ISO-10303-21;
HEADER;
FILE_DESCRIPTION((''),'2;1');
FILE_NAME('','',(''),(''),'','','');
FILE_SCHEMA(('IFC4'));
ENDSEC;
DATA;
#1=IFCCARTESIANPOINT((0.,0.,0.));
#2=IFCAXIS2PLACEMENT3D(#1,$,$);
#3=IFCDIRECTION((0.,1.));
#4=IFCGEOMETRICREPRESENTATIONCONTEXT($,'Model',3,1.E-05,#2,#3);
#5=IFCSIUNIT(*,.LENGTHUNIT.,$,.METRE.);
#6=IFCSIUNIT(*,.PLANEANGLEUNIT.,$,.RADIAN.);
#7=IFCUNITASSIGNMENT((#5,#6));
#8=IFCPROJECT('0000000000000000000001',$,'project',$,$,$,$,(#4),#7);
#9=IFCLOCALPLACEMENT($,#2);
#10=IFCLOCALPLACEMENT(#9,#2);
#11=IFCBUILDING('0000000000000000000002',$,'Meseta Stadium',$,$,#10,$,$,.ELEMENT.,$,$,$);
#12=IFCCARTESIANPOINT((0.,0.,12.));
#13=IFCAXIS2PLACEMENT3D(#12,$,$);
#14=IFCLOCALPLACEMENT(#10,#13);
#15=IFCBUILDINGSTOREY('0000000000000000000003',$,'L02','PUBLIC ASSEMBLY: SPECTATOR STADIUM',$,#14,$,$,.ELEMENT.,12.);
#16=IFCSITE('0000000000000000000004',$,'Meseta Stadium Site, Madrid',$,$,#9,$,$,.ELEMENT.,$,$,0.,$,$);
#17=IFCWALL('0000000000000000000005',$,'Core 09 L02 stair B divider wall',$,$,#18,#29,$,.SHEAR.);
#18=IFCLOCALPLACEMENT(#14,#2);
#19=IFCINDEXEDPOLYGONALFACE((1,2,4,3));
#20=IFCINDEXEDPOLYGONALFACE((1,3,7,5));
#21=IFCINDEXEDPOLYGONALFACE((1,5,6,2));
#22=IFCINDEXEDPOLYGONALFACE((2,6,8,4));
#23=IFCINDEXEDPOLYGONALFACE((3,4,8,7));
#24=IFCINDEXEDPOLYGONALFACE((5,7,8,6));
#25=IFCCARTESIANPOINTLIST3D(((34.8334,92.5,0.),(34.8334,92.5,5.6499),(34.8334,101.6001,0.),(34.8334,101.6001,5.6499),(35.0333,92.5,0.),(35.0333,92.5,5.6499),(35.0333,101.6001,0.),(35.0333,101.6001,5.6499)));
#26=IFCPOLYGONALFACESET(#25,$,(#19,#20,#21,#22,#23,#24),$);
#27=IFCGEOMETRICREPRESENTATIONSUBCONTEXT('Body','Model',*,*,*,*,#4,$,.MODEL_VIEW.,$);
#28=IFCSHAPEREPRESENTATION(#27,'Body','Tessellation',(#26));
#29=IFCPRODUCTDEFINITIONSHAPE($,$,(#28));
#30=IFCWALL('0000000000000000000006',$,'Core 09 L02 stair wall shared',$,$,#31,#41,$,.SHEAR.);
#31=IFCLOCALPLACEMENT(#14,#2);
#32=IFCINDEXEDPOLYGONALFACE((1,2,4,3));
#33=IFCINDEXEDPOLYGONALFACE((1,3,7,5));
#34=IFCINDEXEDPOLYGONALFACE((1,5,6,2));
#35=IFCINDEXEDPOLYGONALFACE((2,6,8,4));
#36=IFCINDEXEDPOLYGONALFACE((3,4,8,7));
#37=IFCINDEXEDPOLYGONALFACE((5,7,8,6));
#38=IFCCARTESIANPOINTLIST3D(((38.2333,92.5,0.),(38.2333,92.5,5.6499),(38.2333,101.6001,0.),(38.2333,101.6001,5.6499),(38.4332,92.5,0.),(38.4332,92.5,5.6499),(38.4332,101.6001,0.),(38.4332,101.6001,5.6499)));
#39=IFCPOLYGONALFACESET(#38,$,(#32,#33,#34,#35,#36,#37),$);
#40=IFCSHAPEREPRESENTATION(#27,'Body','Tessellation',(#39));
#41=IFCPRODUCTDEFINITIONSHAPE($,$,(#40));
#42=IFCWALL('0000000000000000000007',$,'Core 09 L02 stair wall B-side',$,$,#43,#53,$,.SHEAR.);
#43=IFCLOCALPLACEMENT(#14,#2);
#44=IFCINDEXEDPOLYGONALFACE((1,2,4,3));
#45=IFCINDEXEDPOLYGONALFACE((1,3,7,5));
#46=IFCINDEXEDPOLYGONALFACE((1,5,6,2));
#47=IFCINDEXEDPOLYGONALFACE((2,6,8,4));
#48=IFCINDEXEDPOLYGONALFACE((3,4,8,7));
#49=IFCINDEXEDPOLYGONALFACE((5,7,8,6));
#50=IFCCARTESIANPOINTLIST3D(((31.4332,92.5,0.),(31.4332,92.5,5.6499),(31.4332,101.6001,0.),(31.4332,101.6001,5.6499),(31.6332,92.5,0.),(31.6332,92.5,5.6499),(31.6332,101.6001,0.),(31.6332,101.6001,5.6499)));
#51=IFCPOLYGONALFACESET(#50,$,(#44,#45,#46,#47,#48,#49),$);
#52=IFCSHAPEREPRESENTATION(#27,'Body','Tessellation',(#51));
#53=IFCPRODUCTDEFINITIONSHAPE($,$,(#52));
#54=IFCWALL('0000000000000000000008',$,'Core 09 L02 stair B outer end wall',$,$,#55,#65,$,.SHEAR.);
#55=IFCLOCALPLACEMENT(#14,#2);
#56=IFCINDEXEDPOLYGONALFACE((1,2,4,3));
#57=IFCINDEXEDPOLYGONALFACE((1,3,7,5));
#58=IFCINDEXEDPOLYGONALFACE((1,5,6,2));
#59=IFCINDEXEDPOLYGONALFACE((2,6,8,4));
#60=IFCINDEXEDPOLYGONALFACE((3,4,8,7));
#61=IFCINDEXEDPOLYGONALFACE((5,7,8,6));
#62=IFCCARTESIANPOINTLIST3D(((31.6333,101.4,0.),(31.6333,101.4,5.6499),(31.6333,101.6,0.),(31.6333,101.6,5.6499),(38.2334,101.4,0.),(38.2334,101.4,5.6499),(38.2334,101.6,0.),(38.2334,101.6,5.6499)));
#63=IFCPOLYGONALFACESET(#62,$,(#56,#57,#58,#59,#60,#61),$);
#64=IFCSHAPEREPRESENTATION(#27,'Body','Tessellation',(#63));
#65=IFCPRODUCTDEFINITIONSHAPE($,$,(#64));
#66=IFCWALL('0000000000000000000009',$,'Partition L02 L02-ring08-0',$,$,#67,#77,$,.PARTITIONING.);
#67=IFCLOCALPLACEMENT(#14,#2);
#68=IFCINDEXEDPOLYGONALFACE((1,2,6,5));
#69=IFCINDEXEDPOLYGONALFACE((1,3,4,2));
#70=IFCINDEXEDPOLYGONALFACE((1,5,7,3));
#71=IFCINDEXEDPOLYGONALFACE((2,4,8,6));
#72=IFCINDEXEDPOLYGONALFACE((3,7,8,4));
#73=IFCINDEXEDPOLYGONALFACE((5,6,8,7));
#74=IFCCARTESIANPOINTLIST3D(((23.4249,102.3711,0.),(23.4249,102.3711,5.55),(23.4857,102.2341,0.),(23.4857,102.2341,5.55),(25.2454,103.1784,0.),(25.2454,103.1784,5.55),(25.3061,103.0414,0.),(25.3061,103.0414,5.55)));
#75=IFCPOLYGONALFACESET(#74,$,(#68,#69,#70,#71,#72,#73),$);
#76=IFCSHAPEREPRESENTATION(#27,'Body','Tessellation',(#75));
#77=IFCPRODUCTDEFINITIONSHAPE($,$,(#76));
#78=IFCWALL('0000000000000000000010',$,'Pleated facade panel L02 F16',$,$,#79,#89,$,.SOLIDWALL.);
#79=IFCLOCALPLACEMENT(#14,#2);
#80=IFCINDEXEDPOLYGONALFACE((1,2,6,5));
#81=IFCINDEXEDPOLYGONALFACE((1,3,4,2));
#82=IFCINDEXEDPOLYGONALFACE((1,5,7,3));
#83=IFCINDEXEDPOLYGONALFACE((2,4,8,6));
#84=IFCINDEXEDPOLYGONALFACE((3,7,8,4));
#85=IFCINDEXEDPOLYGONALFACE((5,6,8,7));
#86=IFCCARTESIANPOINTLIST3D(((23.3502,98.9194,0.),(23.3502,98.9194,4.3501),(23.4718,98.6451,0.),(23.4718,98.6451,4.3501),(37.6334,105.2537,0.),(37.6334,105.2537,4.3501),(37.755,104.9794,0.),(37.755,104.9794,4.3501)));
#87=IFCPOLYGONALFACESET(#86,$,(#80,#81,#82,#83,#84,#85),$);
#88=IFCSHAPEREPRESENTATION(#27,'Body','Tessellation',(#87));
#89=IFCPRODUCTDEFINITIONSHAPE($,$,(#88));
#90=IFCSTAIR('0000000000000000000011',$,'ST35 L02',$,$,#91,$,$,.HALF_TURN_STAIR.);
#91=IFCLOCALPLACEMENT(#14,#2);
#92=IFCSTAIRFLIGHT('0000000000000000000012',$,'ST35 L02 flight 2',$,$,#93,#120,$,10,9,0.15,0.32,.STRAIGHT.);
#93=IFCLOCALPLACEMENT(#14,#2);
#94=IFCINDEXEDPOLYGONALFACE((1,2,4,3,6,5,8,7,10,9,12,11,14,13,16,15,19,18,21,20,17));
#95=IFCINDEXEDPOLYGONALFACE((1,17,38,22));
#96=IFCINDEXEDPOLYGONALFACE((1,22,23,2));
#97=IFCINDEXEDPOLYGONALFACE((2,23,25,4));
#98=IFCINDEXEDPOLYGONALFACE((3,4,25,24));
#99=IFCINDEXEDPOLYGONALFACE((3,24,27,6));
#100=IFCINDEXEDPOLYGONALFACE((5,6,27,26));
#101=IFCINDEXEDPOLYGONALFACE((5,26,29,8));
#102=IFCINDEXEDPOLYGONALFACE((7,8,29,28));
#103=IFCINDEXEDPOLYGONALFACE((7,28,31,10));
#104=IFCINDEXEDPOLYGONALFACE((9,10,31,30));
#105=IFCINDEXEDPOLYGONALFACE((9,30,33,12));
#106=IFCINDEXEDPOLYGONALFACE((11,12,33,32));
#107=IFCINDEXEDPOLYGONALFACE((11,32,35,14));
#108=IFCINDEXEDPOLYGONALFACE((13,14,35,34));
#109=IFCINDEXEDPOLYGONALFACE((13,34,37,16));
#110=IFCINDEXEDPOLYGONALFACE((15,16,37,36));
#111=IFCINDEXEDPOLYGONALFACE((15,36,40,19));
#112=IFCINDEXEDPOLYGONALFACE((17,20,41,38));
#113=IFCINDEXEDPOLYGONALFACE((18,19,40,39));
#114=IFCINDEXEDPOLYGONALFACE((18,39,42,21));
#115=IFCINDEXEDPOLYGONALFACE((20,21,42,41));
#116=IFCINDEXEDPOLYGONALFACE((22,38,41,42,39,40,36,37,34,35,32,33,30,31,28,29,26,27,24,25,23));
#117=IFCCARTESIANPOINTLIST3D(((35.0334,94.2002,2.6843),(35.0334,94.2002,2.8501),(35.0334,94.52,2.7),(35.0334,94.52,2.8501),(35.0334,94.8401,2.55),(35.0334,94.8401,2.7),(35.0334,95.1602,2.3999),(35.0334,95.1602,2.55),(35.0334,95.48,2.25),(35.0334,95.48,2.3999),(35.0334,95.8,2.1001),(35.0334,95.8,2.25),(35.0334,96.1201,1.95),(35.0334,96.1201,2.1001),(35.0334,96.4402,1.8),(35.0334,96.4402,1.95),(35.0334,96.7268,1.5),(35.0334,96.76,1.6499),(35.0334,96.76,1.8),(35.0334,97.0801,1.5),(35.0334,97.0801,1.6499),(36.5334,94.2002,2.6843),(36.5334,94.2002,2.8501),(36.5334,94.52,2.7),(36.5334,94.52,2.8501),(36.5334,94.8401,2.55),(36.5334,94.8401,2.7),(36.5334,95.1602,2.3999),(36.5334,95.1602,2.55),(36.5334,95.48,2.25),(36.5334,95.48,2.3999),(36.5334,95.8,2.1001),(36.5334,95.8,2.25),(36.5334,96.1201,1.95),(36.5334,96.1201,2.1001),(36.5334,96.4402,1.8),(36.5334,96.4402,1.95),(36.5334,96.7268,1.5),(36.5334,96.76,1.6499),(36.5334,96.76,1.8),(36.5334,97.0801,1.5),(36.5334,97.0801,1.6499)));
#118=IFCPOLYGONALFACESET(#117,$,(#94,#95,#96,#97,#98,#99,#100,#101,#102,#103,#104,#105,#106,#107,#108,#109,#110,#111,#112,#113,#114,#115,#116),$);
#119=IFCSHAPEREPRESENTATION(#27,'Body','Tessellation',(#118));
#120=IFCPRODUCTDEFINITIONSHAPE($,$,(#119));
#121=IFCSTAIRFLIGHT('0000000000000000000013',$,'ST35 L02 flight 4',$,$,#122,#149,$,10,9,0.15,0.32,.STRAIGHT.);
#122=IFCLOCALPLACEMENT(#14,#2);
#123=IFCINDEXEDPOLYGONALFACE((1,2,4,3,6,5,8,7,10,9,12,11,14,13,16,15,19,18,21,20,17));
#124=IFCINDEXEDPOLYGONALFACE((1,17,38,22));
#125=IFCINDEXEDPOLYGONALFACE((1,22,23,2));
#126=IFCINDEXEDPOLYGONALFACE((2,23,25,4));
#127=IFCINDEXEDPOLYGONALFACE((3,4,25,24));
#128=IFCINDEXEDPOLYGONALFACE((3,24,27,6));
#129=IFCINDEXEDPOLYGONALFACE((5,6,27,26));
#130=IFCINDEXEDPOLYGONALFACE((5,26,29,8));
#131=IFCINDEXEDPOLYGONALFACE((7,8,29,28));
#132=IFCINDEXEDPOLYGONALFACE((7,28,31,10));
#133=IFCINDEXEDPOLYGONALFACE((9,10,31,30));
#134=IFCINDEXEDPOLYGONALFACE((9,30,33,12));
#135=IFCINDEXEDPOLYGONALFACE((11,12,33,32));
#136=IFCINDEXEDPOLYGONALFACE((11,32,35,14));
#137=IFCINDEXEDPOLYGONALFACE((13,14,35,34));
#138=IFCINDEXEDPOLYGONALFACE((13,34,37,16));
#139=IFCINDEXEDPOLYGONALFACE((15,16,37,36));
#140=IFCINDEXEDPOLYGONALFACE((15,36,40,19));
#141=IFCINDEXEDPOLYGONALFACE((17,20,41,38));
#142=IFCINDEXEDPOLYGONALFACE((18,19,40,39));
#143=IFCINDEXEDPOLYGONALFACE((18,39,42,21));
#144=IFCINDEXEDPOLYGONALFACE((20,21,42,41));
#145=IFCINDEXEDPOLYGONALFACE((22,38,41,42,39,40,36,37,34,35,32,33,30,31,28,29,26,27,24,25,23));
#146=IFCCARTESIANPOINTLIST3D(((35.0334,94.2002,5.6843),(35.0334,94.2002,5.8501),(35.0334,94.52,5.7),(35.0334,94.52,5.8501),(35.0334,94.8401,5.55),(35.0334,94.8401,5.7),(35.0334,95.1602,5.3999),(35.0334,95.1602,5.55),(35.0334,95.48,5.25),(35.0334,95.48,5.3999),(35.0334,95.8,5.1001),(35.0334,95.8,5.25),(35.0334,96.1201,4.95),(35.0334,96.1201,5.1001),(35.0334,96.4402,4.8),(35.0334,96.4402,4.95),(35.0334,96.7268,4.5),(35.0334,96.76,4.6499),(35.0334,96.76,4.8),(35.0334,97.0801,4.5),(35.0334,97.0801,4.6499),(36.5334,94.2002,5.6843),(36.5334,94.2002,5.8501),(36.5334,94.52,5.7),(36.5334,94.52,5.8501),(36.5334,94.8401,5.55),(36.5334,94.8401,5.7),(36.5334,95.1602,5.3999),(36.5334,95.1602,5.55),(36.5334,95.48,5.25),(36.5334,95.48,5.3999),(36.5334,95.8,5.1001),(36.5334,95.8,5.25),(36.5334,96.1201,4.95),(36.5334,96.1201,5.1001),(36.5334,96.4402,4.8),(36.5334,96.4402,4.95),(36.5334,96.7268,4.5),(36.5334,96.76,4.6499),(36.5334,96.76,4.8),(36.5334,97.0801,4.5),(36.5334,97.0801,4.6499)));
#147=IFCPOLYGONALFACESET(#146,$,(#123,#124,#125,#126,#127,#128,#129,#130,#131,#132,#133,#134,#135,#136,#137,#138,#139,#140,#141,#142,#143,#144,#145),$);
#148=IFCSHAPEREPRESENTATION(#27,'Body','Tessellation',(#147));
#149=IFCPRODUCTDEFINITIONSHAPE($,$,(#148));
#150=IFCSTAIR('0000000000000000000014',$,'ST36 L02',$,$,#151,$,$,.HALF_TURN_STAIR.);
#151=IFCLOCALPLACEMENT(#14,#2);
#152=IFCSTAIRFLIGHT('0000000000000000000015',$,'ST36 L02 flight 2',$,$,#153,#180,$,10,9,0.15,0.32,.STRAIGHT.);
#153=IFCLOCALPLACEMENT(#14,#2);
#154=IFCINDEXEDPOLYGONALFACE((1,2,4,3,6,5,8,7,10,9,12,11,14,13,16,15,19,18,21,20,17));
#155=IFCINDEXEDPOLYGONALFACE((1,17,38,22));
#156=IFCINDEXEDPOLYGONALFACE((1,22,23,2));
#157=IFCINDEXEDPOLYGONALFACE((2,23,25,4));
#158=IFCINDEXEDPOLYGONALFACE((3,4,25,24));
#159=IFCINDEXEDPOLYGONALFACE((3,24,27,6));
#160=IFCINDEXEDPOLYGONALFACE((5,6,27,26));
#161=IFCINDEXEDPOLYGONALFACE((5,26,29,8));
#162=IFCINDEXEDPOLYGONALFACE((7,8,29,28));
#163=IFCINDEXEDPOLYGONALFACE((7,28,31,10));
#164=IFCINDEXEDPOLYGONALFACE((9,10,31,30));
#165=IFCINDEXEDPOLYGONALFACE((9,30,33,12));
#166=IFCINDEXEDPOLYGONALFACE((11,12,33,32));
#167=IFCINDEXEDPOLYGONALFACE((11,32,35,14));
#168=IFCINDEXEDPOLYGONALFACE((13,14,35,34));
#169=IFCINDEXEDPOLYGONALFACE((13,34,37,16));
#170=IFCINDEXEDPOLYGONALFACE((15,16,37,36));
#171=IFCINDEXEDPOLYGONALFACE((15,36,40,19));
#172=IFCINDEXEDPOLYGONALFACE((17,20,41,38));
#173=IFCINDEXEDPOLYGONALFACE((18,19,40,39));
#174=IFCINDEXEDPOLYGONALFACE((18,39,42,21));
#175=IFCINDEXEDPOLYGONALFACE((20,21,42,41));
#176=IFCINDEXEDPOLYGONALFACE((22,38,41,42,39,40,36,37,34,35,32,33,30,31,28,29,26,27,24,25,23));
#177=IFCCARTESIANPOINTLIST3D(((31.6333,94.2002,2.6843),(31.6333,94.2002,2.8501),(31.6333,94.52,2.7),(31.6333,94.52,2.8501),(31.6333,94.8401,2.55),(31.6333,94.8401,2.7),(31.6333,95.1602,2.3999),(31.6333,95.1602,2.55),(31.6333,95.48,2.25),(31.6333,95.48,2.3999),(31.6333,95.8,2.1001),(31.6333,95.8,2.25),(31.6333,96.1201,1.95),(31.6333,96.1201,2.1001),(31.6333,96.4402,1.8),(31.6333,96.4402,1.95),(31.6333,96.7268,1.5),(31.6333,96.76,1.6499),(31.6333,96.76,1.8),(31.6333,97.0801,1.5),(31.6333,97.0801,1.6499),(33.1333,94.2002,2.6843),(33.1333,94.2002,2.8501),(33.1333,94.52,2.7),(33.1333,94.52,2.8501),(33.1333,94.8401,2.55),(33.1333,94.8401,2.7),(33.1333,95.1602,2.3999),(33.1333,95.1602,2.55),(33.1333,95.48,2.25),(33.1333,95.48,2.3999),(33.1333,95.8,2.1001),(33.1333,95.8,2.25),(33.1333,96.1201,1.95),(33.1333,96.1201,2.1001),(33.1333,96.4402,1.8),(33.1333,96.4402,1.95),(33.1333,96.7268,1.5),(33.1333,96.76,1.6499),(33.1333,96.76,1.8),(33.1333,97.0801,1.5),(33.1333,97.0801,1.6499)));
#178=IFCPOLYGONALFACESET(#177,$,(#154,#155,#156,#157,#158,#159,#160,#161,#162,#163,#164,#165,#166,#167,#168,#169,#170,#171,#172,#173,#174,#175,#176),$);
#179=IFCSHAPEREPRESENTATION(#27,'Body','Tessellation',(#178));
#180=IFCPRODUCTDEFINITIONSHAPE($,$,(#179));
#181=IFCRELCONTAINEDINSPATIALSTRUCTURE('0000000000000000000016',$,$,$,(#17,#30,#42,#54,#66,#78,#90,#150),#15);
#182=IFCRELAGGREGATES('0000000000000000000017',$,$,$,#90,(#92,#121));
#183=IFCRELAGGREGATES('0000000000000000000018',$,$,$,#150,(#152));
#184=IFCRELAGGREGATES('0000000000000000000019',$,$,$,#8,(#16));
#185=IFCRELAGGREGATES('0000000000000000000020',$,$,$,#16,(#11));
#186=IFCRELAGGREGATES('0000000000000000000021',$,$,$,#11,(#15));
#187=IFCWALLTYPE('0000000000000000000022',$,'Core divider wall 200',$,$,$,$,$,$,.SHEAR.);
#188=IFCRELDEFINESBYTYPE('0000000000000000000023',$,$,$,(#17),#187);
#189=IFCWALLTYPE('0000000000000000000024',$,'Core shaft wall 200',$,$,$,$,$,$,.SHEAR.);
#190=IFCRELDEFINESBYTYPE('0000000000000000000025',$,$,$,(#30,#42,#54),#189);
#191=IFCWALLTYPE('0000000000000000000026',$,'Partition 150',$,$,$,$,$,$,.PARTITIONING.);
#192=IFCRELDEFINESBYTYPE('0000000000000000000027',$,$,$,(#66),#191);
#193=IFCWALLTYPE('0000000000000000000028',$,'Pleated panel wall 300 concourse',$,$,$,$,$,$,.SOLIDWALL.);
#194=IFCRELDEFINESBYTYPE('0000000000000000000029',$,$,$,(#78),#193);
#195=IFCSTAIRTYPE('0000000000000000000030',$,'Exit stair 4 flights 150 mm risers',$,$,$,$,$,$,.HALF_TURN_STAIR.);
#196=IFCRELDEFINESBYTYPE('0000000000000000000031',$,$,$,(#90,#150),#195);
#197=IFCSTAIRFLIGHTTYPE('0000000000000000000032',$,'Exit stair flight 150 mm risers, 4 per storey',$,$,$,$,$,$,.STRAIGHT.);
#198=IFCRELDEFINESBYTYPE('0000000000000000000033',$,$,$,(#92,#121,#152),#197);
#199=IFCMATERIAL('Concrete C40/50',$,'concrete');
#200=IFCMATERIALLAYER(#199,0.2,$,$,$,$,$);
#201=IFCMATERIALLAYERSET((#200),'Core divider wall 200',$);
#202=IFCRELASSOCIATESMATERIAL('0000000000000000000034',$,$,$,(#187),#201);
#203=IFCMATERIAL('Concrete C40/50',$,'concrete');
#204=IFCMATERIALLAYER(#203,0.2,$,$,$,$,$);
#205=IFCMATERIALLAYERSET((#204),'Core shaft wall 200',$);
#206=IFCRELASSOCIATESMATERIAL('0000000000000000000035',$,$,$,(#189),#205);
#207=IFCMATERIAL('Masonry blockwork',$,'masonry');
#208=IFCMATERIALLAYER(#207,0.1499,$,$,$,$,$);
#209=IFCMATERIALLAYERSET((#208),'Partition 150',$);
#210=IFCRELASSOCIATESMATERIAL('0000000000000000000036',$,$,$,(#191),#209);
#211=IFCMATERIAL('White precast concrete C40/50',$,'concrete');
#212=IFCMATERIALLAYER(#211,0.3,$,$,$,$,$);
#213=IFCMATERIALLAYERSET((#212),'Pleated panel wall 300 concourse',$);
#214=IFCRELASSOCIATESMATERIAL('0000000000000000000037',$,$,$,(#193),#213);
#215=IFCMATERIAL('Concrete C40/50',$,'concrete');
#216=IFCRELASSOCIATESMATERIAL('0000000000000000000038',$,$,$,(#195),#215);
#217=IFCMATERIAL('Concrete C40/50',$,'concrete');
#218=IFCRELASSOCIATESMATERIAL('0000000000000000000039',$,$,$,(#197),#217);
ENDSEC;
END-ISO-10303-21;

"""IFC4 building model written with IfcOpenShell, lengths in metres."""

from ifc_helpers import new_model, si_unit, direction, frame, frame_2d, origin, place, context, subcontext, project, spatial, polyline, rectangle, outline, extrude, material, layer, layer_set, type_object, element, aggregate, save


model = new_model("IFC4")

# Units and contexts
model_context = context("Model", 3, precision=1e-05, world=origin(), true_north=direction((0.0, 1.0)))
body_context = subcontext(model_context, "Body", "Model", "MODEL_VIEW")
ifc_project = project(units=[si_unit("LENGTHUNIT", "METRE"), si_unit("PLANEANGLEUNIT", "RADIAN")], contexts=[model_context])

# Site, building, storey
site_placement = place(None, origin())
site = spatial("IfcSite", under=ifc_project, at=site_placement, Name="Meseta Stadium Site, Madrid", CompositionType="ELEMENT", RefElevation=0.0)
building_placement = place(site_placement, origin())
building = spatial("IfcBuilding", under=site, at=building_placement, Name="Meseta Stadium", CompositionType="ELEMENT")
storey_placement = place(building_placement, frame((0.0, 0.0, 12.0)))
storey = spatial("IfcBuildingStorey", under=building, at=storey_placement, Name="L02", Description="PUBLIC ASSEMBLY: SPECTATOR STADIUM", CompositionType="ELEMENT", Elevation=12.0)

# Walls
ifc_material_1 = material(Name="Concrete C40/50", Category="concrete")
ifc_layer_1 = layer(ifc_material_1, 0.2)
ifc_layer_set_1 = layer_set([ifc_layer_1], Name="Core divider wall 200")
wall_type_1 = type_object("IfcWallType", Name="Core divider wall 200", PredefinedType="SHEAR", material=ifc_layer_set_1)
wall_1_placement = place(storey_placement, frame((34.9333, 101.6001, 0.0), z_axis=(0.0, 0.0, 1.0), x_axis=(0.0, -1.0, 0.0)))
element("IfcWall", 1, at=wall_1_placement, inside=storey, type_object=wall_type_1, Name="Core 09 L02 stair B divider wall", PredefinedType="SHEAR", context=body_context, shape_type="SweptSolid", body=[
    extrude(rectangle(XDim=9.1001, YDim=0.2, at=frame_2d((4.55, 0.0))), origin(), (0.0, 0.0, 1.0), 5.6499),
])
ifc_material_2 = material(Name="Concrete C40/50", Category="concrete")
ifc_layer_2 = layer(ifc_material_2, 0.2)
ifc_layer_set_2 = layer_set([ifc_layer_2], Name="Core shaft wall 200")
wall_type_2 = type_object("IfcWallType", Name="Core shaft wall 200", PredefinedType="SHEAR", material=ifc_layer_set_2)
for number, where, z_axis, x_axis, name in (
    (2, (38.3333, 101.6001, 0.0), (0.0, 0.0, 1.0), (0.0, -1.0, 0.0), "Core 09 L02 stair wall shared"),
    (3, (31.5332, 101.6001, 0.0), (0.0, 0.0, 1.0), (0.0, -1.0, 0.0), "Core 09 L02 stair wall B-side"),
):
    element("IfcWall", number, at=place(storey_placement, frame(where, z_axis=z_axis, x_axis=x_axis)), inside=storey, type_object=wall_type_2, Name=name, PredefinedType="SHEAR", context=body_context, shape_type="SweptSolid", body=[
        extrude(rectangle(XDim=9.1001, YDim=0.2, at=frame_2d((4.55, 0.0))), origin(), (0.0, 0.0, 1.0), 5.6499),
    ])
wall_2_placement = place(storey_placement, frame((38.2334, 101.5, 0.0), z_axis=(0.0, 0.0, 1.0), x_axis=(-1.0, 0.0, 0.0)))
element("IfcWall", 4, at=wall_2_placement, inside=storey, type_object=wall_type_2, Name="Core 09 L02 stair B outer end wall", PredefinedType="SHEAR", context=body_context, shape_type="SweptSolid", body=[
    extrude(rectangle(XDim=6.6001, YDim=0.2, at=frame_2d((3.3, 0.0))), origin(), (0.0, 0.0, 1.0), 5.6499),
])
ifc_material_3 = material(Name="Masonry blockwork", Category="masonry")
ifc_layer_3 = layer(ifc_material_3, 0.1499)
ifc_layer_set_3 = layer_set([ifc_layer_3], Name="Partition 150")
wall_type_3 = type_object("IfcWallType", Name="Partition 150", PredefinedType="PARTITIONING", material=ifc_layer_set_3)
wall_3_placement = place(storey_placement, frame((25.2756, 103.1099, 0.0), z_axis=(0.0, 0.0, 1.0), x_axis=(-0.91414, -0.405399, 0.0)))
element("IfcWall", 5, at=wall_3_placement, inside=storey, type_object=wall_type_3, Name="Partition L02 L02-ring08-0", PredefinedType="PARTITIONING", context=body_context, shape_type="SweptSolid", body=[
    extrude(rectangle(XDim=1.9915, YDim=0.1499, at=frame_2d((0.9956, 0.0))), origin(), (0.0, 0.0, 1.0), 5.55),
])
ifc_material_4 = material(Name="White precast concrete C40/50", Category="concrete")
ifc_layer_4 = layer(ifc_material_4, 0.3)
ifc_layer_set_4 = layer_set([ifc_layer_4], Name="Pleated panel wall 300 concourse")
wall_type_4 = type_object("IfcWallType", Name="Pleated panel wall 300 concourse", PredefinedType="SOLIDWALL", material=ifc_layer_set_4)
wall_4_placement = place(storey_placement, frame((23.4109, 98.7822, 0.0), z_axis=(0.0, 0.0, 1.0), x_axis=(0.914141, 0.405398, 0.0)))
element("IfcWall", 6, at=wall_4_placement, inside=storey, type_object=wall_type_4, Name="Pleated facade panel L02 F16", PredefinedType="SOLIDWALL", context=body_context, shape_type="SweptSolid", body=[
    extrude(rectangle(XDim=15.6248, YDim=0.3, at=frame_2d((7.8125, 0.0))), origin(), (0.0, 0.0, 1.0), 4.3501),
])

# Stairs, stair flights
ifc_material_5 = material(Name="Concrete C40/50", Category="concrete")
stair_type = type_object("IfcStairType", Name="Exit stair 4 flights 150 mm risers", PredefinedType="HALF_TURN_STAIR", material=ifc_material_5)
stair_1_placement = place(storey_placement, origin())
stair_1 = element("IfcStair", 7, at=stair_1_placement, inside=storey, type_object=stair_type, Name="ST35 L02", PredefinedType="HALF_TURN_STAIR")
ifc_material_6 = material(Name="Concrete C40/50", Category="concrete")
stair_flight_type = type_object("IfcStairFlightType", Name="Exit stair flight 150 mm risers, 4 per storey", PredefinedType="STRAIGHT", material=ifc_material_6)
stair_flight_1_placement = place(storey_placement, frame((35.7834, 97.0801, 1.5), z_axis=(0.0, 0.0, 1.0), x_axis=(0.0, -1.0, 0.0)))
stair_flight_1 = element("IfcStairFlight", 8, at=stair_flight_1_placement, type_object=stair_flight_type, Name="ST35 L02 flight 2", NumberOfRisers=10, NumberOfTreads=9, PredefinedType="STRAIGHT", RiserHeight=0.15, TreadLength=0.32, context=body_context, shape_type="SweptSolid", body=[
    extrude(outline(polyline([(0.0, 0.0), (0.0, 0.1499), (0.3201, 0.1499), (0.3201, 0.3), (0.6399, 0.3), (0.6399, 0.45), (0.96, 0.45), (0.96, 0.6001), (1.28, 0.6001), (1.28, 0.75), (1.6001, 0.75), (1.6001, 0.8999), (1.9199, 0.8999), (1.9199, 1.05), (2.24, 1.05), (2.24, 1.2), (2.5601, 1.2), (2.5601, 1.3501), (2.8799, 1.3501), (2.8799, 1.1843), (0.3533, 0.0), (0.0, 0.0)])), frame((0.0, 0.75, 0.0), z_axis=(0.0, -1.0, 0.0), x_axis=(1.0, 0.0, 0.0)), (0.0, 0.0, 1.0), 1.5),
])
stair_flight_2_placement = place(storey_placement, frame((35.7834, 97.0801, 4.5), z_axis=(0.0, 0.0, 1.0), x_axis=(0.0, -1.0, 0.0)))
stair_flight_2 = element("IfcStairFlight", 9, at=stair_flight_2_placement, type_object=stair_flight_type, Name="ST35 L02 flight 4", NumberOfRisers=10, NumberOfTreads=9, PredefinedType="STRAIGHT", RiserHeight=0.15, TreadLength=0.32, context=body_context, shape_type="SweptSolid", body=[
    extrude(outline(polyline([(0.0, 0.0), (0.0, 0.1499), (0.3201, 0.1499), (0.3201, 0.3), (0.6399, 0.3), (0.6399, 0.45), (0.96, 0.45), (0.96, 0.6001), (1.28, 0.6001), (1.28, 0.75), (1.6001, 0.75), (1.6001, 0.8999), (1.9199, 0.8999), (1.9199, 1.05), (2.24, 1.05), (2.24, 1.2), (2.5601, 1.2), (2.5601, 1.3501), (2.8799, 1.3501), (2.8799, 1.1843), (0.3533, 0.0), (0.0, 0.0)])), frame((0.0, 0.75, 0.0), z_axis=(0.0, -1.0, 0.0), x_axis=(1.0, 0.0, 0.0)), (0.0, 0.0, 1.0), 1.5),
])
aggregate(stair_1, [stair_flight_1, stair_flight_2])
stair_2_placement = place(storey_placement, origin())
stair_2 = element("IfcStair", 10, at=stair_2_placement, inside=storey, type_object=stair_type, Name="ST36 L02", PredefinedType="HALF_TURN_STAIR")
stair_flight_3_placement = place(storey_placement, frame((32.3833, 97.0801, 1.5), z_axis=(0.0, 0.0, 1.0), x_axis=(0.0, -1.0, 0.0)))
stair_flight_3 = element("IfcStairFlight", 11, at=stair_flight_3_placement, type_object=stair_flight_type, Name="ST36 L02 flight 2", NumberOfRisers=10, NumberOfTreads=9, PredefinedType="STRAIGHT", RiserHeight=0.15, TreadLength=0.32, context=body_context, shape_type="SweptSolid", body=[
    extrude(outline(polyline([(0.0, 0.0), (0.0, 0.1499), (0.3201, 0.1499), (0.3201, 0.3), (0.6399, 0.3), (0.6399, 0.45), (0.96, 0.45), (0.96, 0.6001), (1.28, 0.6001), (1.28, 0.75), (1.6001, 0.75), (1.6001, 0.8999), (1.9199, 0.8999), (1.9199, 1.05), (2.24, 1.05), (2.24, 1.2), (2.5601, 1.2), (2.5601, 1.3501), (2.8799, 1.3501), (2.8799, 1.1843), (0.3533, 0.0), (0.0, 0.0)])), frame((0.0, 0.75, 0.0), z_axis=(0.0, -1.0, 0.0), x_axis=(1.0, 0.0, 0.0)), (0.0, 0.0, 1.0), 1.5),
])
aggregate(stair_2, [stair_flight_3])

save(model, "model.ifc")
